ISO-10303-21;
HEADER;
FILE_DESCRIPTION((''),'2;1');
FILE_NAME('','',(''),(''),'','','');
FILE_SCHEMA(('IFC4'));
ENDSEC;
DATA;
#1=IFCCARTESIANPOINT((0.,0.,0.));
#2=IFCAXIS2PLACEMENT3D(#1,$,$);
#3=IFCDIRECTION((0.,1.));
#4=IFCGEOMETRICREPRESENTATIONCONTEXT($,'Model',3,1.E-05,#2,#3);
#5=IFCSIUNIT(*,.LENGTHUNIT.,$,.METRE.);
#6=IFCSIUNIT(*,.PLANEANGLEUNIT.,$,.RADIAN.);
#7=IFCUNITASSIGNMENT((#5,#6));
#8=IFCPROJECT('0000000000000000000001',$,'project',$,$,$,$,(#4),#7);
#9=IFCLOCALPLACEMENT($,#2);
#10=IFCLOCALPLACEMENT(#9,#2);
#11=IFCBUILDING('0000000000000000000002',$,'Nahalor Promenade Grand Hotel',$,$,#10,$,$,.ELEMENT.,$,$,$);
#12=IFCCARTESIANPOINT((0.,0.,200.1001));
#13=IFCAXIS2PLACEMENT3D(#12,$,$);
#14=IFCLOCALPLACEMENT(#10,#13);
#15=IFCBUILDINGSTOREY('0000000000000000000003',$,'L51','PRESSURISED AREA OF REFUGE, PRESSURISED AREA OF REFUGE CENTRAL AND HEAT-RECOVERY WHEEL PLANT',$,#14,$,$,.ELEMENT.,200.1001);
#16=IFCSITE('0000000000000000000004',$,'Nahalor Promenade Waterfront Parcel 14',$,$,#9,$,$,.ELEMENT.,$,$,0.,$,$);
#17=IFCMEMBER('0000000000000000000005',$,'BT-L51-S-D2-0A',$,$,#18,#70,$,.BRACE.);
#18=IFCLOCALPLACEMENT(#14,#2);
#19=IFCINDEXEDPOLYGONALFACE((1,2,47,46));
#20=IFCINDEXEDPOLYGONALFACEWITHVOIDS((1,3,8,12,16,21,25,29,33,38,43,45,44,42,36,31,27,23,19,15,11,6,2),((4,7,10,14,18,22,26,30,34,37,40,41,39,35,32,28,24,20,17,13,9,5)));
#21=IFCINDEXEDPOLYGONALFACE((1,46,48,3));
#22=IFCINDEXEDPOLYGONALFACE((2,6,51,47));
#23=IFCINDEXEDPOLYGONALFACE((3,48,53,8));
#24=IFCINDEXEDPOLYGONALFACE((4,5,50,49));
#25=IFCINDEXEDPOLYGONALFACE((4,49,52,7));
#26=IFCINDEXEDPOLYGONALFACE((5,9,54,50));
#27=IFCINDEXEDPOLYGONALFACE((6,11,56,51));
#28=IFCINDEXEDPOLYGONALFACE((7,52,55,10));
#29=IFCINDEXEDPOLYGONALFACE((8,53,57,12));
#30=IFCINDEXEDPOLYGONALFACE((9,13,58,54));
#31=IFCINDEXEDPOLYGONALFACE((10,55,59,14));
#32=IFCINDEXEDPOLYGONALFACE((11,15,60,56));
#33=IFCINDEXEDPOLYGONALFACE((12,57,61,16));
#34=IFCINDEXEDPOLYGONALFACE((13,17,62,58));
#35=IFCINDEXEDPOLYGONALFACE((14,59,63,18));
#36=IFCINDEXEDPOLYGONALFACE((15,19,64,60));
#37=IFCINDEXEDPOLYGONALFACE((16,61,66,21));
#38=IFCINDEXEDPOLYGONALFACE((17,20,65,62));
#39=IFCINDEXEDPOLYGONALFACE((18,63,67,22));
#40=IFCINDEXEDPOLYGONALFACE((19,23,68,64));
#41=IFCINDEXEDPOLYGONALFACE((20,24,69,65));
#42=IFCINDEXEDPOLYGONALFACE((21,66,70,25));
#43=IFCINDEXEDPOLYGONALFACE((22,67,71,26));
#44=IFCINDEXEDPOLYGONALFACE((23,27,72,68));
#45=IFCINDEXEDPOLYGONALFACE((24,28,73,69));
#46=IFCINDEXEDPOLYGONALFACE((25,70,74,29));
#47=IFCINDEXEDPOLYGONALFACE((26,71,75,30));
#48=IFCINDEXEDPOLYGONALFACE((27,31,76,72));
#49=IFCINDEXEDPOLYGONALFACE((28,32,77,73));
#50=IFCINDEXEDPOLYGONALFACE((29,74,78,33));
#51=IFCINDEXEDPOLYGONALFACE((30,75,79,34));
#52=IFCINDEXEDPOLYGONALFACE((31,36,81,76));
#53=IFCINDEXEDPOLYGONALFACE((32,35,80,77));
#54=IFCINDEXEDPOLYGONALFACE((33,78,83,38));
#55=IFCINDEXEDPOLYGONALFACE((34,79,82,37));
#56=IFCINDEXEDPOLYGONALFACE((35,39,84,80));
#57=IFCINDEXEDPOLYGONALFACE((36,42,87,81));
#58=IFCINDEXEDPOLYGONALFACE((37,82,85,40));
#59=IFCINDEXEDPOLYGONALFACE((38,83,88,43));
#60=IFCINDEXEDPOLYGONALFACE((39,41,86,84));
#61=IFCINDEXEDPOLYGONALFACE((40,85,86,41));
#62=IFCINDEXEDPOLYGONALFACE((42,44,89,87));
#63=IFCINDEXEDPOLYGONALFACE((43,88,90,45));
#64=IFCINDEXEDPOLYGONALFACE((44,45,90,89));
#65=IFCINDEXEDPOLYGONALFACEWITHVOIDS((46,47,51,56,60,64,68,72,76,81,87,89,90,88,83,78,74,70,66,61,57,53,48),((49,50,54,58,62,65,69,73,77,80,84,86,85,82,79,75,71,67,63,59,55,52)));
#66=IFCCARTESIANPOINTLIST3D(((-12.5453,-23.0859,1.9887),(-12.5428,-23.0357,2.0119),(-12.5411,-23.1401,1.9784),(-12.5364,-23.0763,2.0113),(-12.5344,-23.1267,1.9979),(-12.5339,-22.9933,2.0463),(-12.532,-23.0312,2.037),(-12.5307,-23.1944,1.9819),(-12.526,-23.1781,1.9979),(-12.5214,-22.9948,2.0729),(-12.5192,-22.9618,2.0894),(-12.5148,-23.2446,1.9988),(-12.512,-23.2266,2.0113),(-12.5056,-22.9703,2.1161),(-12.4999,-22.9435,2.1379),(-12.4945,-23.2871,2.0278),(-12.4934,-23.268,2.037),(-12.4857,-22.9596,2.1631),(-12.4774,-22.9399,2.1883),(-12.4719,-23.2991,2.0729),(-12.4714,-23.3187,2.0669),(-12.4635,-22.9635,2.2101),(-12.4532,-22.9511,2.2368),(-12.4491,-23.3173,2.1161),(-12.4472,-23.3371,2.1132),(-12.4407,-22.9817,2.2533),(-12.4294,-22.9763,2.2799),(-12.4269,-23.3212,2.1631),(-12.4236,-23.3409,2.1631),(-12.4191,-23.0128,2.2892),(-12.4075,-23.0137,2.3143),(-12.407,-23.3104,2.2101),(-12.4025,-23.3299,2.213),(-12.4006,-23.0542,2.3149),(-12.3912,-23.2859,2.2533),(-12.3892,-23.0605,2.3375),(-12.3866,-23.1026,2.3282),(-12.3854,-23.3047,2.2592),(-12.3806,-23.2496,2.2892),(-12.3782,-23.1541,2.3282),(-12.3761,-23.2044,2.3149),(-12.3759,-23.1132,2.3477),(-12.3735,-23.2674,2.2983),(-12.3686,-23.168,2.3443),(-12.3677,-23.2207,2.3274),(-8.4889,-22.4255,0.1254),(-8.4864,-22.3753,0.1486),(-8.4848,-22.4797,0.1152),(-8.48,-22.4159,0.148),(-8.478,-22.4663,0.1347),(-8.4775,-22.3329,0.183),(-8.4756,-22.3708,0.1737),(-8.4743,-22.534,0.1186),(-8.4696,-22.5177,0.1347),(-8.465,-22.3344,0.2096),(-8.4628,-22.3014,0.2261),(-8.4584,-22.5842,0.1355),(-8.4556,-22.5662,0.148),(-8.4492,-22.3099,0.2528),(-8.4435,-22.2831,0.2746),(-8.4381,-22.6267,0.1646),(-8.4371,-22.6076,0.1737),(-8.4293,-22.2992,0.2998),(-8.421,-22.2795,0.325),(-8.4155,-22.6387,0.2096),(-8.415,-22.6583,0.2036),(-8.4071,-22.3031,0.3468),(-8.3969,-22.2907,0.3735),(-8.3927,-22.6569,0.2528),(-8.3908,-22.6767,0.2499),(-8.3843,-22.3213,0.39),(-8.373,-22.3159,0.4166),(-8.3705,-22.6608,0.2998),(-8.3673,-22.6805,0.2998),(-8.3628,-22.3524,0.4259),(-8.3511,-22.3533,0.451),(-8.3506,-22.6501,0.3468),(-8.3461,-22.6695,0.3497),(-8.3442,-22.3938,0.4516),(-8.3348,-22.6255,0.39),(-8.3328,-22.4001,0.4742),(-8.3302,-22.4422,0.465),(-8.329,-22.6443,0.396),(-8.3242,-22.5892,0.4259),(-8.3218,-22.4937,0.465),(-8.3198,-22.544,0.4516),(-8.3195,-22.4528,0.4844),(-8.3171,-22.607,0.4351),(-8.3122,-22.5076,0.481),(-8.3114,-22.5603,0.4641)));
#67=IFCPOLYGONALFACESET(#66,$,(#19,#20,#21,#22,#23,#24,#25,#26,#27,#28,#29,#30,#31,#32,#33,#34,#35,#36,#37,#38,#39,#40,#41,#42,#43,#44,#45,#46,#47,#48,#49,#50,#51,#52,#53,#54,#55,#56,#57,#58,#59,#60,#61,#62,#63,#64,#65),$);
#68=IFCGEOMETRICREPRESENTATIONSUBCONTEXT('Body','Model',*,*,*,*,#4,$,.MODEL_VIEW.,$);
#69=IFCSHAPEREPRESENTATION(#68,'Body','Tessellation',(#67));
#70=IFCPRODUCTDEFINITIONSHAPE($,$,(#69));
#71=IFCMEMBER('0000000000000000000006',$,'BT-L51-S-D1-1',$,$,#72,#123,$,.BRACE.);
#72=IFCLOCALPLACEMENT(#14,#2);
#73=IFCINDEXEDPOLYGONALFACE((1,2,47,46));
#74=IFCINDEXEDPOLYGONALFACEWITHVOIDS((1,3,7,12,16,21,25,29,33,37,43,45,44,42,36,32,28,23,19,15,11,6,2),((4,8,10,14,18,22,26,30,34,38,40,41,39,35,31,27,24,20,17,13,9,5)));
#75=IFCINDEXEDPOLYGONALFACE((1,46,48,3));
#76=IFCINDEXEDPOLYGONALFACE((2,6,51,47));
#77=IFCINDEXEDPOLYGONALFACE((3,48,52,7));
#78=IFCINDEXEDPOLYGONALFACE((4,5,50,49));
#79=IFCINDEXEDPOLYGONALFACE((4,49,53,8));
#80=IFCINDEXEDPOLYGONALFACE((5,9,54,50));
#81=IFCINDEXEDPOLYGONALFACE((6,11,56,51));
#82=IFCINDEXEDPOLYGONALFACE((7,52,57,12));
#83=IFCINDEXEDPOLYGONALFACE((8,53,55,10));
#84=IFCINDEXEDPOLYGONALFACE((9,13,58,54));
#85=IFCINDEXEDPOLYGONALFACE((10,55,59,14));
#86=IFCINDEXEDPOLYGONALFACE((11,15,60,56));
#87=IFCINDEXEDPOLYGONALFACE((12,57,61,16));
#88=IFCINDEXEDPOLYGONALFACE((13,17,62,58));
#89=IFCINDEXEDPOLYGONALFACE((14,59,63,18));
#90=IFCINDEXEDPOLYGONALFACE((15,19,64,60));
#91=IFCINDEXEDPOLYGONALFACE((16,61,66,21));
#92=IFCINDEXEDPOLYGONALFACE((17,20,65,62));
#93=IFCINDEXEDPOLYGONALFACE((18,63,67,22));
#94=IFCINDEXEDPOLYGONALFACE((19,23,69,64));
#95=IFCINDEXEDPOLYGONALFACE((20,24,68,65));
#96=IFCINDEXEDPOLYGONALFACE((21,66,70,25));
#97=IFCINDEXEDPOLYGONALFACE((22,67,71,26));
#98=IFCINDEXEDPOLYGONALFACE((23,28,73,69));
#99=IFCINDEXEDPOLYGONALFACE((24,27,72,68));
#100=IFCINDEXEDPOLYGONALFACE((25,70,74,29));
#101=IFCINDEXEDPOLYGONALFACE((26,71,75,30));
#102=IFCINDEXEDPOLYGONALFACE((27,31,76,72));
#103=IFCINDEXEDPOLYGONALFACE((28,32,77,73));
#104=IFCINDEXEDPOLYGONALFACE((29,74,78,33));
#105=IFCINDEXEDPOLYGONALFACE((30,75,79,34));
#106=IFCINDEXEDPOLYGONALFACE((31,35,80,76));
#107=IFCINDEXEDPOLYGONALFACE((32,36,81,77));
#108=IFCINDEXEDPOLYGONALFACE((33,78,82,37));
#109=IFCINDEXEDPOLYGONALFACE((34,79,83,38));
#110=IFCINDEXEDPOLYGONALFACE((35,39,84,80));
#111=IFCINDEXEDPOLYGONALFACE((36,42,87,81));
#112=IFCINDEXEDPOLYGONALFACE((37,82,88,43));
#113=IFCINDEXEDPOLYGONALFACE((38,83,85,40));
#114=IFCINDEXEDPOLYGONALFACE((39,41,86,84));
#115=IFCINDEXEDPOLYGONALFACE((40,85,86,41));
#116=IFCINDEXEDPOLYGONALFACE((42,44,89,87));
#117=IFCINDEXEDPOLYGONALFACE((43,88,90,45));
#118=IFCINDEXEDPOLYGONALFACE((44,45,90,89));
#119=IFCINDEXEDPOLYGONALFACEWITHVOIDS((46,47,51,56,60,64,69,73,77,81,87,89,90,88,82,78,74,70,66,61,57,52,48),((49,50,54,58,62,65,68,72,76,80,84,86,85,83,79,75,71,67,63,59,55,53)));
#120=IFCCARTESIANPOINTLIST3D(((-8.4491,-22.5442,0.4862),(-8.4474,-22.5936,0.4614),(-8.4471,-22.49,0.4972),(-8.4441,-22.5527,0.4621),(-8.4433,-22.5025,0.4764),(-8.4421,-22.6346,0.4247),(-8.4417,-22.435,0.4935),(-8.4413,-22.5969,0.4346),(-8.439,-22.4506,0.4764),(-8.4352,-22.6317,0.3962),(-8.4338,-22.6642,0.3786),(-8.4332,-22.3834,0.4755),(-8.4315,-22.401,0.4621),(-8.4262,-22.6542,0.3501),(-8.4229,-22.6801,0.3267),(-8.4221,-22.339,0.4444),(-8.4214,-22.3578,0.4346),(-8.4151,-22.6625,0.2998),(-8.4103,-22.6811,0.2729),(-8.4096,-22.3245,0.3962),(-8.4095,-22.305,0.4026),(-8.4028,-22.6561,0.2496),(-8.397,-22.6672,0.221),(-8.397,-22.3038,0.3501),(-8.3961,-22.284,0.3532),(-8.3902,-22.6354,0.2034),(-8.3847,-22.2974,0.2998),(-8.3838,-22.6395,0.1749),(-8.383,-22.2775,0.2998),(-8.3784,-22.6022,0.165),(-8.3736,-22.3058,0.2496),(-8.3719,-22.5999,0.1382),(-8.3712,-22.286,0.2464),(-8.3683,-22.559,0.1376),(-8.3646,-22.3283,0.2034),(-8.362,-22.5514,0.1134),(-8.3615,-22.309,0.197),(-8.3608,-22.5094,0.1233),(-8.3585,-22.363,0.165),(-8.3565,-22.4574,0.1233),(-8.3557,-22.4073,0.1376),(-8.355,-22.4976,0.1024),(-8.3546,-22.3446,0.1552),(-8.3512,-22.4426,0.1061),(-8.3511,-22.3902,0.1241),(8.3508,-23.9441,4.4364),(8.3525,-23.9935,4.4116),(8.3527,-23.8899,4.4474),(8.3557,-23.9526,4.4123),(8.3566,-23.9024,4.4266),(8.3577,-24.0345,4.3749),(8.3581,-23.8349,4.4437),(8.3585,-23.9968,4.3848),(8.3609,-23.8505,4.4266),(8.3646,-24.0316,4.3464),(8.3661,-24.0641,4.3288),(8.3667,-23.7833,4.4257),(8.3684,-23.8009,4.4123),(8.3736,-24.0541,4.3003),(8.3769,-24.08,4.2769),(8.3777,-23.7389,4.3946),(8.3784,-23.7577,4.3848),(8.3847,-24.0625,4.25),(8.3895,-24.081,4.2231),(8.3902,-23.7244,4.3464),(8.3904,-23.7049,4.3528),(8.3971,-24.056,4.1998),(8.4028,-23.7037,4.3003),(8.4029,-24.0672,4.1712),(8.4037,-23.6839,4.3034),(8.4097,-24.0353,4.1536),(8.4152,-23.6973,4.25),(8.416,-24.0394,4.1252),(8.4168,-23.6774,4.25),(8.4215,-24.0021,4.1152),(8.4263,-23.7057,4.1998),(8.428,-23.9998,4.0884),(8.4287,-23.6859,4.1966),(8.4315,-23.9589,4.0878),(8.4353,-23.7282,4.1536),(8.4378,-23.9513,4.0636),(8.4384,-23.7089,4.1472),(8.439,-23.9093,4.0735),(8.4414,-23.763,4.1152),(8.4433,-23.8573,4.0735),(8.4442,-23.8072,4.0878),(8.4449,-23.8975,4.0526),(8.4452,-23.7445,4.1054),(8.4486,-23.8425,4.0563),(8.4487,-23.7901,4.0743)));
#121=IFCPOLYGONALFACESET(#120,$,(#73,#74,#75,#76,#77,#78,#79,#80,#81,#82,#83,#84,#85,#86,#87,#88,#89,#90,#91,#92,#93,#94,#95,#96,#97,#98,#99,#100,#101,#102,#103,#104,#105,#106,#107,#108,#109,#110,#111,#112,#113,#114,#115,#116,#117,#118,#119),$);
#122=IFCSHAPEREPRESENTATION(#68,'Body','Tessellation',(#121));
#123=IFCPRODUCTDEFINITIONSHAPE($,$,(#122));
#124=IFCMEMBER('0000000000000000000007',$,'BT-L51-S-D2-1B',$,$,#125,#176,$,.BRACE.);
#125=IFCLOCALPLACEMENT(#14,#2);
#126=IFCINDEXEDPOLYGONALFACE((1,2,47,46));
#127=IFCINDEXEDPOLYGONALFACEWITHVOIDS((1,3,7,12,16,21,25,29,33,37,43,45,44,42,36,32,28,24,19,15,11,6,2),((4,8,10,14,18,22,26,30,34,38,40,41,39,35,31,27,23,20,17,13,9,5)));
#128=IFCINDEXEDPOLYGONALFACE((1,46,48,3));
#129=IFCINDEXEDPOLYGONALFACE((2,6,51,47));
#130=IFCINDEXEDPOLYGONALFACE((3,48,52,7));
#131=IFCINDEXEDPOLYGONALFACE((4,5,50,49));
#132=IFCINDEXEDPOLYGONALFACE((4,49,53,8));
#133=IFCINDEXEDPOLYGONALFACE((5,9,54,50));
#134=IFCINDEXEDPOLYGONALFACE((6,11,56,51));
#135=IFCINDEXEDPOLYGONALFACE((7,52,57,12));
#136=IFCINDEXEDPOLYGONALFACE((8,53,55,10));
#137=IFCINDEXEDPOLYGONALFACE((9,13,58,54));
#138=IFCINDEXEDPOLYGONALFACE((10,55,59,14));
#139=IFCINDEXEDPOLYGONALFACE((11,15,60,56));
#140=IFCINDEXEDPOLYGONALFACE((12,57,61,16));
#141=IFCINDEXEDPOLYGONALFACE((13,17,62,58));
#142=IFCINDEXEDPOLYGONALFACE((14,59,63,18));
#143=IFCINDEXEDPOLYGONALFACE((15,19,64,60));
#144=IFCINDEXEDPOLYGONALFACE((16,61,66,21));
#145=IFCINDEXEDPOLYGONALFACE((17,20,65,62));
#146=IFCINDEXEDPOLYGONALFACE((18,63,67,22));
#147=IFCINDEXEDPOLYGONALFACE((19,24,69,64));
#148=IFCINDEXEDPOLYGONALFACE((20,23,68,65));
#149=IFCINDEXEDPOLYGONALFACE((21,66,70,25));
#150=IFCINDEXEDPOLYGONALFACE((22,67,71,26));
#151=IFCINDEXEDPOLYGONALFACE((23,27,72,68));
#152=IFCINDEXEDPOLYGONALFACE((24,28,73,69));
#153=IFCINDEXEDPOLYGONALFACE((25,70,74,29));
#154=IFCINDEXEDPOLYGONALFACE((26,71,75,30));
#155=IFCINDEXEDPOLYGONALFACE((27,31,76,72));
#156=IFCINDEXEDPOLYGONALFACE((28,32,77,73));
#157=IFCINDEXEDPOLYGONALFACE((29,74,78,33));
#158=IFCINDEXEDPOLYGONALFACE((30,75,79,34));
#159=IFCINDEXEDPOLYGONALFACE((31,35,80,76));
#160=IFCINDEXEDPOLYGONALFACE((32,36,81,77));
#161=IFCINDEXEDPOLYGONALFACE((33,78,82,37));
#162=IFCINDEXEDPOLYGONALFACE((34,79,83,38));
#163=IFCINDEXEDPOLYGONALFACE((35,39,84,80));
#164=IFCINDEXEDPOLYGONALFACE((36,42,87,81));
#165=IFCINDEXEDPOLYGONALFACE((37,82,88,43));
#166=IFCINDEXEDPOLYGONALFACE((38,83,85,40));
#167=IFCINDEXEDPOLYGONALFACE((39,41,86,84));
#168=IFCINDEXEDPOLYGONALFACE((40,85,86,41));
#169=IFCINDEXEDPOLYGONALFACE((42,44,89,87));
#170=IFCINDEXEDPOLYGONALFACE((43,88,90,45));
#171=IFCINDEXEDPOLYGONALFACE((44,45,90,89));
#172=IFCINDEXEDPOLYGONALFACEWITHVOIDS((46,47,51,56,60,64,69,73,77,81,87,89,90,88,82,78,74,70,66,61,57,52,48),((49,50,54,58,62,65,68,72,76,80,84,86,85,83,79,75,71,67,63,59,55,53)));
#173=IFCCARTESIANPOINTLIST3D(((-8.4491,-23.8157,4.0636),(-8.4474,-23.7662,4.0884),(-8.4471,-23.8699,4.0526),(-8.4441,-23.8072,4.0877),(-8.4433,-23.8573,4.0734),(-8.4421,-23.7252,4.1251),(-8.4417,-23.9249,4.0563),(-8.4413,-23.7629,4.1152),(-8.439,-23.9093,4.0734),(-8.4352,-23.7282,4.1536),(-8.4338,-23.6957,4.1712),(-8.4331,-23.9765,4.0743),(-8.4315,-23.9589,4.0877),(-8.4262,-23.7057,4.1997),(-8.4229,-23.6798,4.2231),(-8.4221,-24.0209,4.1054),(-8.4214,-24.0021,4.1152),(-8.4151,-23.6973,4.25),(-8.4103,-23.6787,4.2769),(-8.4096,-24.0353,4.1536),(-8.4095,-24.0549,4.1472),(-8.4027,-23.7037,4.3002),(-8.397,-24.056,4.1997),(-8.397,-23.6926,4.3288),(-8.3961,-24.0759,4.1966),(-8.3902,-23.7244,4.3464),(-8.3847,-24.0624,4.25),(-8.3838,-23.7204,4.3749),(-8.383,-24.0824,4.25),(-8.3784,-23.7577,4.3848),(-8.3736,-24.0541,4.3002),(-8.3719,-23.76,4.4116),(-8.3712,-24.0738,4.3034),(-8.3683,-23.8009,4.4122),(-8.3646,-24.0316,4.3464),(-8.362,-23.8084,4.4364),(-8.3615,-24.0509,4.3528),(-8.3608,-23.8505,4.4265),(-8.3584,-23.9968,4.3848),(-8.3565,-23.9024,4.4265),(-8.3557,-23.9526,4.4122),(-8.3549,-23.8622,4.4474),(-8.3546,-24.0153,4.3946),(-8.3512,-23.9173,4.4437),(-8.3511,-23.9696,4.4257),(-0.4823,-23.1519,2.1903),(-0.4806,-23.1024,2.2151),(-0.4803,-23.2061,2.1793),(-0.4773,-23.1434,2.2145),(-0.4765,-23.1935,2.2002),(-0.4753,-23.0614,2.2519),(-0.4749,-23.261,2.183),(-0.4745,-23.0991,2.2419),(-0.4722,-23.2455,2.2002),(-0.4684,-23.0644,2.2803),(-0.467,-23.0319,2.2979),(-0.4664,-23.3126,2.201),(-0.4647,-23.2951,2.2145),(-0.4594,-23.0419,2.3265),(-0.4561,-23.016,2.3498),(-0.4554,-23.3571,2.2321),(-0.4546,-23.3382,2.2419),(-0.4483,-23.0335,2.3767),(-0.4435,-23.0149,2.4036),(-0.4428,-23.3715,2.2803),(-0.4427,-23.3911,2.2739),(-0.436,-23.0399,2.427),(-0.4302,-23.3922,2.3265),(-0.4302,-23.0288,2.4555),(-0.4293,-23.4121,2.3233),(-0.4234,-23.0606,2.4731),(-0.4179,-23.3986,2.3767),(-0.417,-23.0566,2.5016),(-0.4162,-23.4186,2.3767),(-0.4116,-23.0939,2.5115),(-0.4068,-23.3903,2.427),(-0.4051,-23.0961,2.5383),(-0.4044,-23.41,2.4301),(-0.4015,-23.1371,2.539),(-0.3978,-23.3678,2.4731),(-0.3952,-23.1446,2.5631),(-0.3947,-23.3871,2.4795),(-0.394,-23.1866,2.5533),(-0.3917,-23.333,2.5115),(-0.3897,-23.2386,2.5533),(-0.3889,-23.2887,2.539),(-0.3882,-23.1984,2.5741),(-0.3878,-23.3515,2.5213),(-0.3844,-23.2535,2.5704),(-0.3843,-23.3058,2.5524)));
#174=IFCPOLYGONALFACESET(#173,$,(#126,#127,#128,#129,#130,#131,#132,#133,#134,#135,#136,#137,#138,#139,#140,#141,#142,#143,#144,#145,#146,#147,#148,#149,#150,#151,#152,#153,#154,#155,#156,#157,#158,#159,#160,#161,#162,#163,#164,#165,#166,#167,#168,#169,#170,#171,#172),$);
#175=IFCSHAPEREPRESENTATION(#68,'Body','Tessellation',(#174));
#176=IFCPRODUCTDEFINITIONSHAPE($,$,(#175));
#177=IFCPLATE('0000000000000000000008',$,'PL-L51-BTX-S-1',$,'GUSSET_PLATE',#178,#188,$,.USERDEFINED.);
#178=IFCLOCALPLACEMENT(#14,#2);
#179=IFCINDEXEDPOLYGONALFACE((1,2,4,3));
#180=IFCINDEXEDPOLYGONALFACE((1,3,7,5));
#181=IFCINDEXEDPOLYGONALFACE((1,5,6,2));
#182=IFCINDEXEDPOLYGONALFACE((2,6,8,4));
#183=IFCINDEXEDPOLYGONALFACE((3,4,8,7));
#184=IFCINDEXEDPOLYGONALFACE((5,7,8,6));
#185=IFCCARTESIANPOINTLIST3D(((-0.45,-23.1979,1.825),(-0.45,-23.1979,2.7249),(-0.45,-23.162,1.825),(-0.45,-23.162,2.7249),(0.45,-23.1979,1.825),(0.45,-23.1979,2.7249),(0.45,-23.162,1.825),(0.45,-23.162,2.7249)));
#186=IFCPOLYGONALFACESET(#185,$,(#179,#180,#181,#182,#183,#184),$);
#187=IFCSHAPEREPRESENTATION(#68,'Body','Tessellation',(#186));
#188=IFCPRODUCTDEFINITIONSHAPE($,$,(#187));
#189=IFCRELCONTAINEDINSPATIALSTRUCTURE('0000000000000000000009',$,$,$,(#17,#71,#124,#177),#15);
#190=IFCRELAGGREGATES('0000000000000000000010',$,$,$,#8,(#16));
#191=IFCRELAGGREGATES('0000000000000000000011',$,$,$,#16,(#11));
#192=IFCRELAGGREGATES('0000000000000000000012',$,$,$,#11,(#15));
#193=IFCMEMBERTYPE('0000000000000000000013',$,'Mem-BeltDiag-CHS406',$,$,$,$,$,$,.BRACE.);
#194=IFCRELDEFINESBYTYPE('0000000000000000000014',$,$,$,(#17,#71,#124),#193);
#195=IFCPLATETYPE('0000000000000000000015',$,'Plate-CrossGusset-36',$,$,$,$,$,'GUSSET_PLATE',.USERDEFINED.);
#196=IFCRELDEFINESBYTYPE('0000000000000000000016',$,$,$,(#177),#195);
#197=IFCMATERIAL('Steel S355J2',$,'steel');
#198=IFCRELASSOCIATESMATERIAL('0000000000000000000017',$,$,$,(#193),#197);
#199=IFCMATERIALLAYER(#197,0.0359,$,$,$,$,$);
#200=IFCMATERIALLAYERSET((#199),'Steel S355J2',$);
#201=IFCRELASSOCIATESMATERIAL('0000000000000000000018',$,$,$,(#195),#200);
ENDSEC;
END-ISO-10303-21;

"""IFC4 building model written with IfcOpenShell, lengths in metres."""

from ifc_helpers import new_model, si_unit, direction, frame, origin, origin_2d, place, context, subcontext, project, spatial, rectangle, hollow_circle, extrude, source, transform, mapped, material, layer, layer_set, material_profile, profile_set, type_object, element, save


model = new_model("IFC4")

# Units and contexts
model_context = context("Model", 3, precision=1e-05, world=origin(), true_north=direction((0.0, 1.0)))
body_context = subcontext(model_context, "Body", "Model", "MODEL_VIEW")
ifc_project = project(units=[si_unit("LENGTHUNIT", "METRE"), si_unit("PLANEANGLEUNIT", "RADIAN")], contexts=[model_context])

# Site, building, storey
site_placement = place(None, origin())
site = spatial("IfcSite", under=ifc_project, at=site_placement, Name="Nahalor Promenade Waterfront Parcel 14", CompositionType="ELEMENT", RefElevation=0.0)
building_placement = place(site_placement, origin())
building = spatial("IfcBuilding", under=site, at=building_placement, Name="Nahalor Promenade Grand Hotel", CompositionType="ELEMENT")
storey_placement = place(building_placement, frame((0.0, 0.0, 200.1001)))
storey = spatial("IfcBuildingStorey", under=building, at=storey_placement, Name="L51", Description="PRESSURISED AREA OF REFUGE, PRESSURISED AREA OF REFUGE CENTRAL AND HEAT-RECOVERY WHEEL PLANT", CompositionType="ELEMENT", Elevation=200.1001)

# Shared definitions
ifc_material_1 = material(Name="Steel S355J2", Category="steel")

# Members
ifc_material_profile_1 = material_profile(ifc_material_1, hollow_circle(Radius=0.2032, WallThickness=0.02, at=origin_2d()), Name="CHS 406.4x20")
ifc_profile_set_1 = profile_set([ifc_material_profile_1], Name="Steel S355J2")
member_type = type_object("IfcMemberType", Name="Mem-BeltDiag-CHS406", PredefinedType="BRACE", material=ifc_profile_set_1)
shared_shape_1 = source(origin(), body_context, "Body", "SweptSolid", [
    extrude(hollow_circle(Radius=0.2032, WallThickness=0.02, at=origin_2d()), origin(), (0.0, 0.0, 1.0), 4.5125),
])
member_1_placement = place(storey_placement, frame((-8.3999, -22.48, 0.2998), z_axis=(-0.898932, -0.14635, 0.412919), x_axis=(0.160689, -0.987005, 0.0)))
element("IfcMember", 1, at=member_1_placement, inside=storey, type_object=member_type, Name="BT-L51-S-D2-0A", PredefinedType="BRACE", context=body_context, shape_type="MappedRepresentation", body=[
    mapped(shared_shape_1, transform((0.0, 0.0, 0.0), scale=1.0)),
])
shared_shape_2 = source(origin(), body_context, "Body", "SweptSolid", [
    extrude(hollow_circle(Radius=0.2032, WallThickness=0.02, at=origin_2d()), origin(), (0.0, 0.0, 1.0), 17.3147),
])
member_2_placement = place(storey_placement, frame((-8.3999, -22.48, 0.2998), z_axis=(0.970265, -0.080851, 0.228142), x_axis=(0.083041, 0.996546, 0.0)))
element("IfcMember", 2, at=member_2_placement, inside=storey, type_object=member_type, Name="BT-L51-S-D1-1", PredefinedType="BRACE", context=body_context, shape_type="MappedRepresentation", body=[
    mapped(shared_shape_2, transform((0.0, 0.0, 0.0), scale=1.0)),
])
shared_shape_3 = source(origin(), body_context, "Body", "SweptSolid", [
    extrude(hollow_circle(Radius=0.2032, WallThickness=0.02, at=origin_2d()), origin(), (0.0, 0.0, 1.0), 8.2109),
])
member_3_placement = place(storey_placement, frame((-0.4331, -23.2161, 2.3767), z_axis=(-0.970265, -0.080845, 0.228145), x_axis=(0.083035, -0.996547, 0.0)))
element("IfcMember", 3, at=member_3_placement, inside=storey, type_object=member_type, Name="BT-L51-S-D2-1B", PredefinedType="BRACE", context=body_context, shape_type="MappedRepresentation", body=[
    mapped(shared_shape_3, transform((0.0, 0.0, 0.0), scale=1.0)),
])

# Plate
ifc_layer_1 = layer(ifc_material_1, 0.0359)
ifc_layer_set_1 = layer_set([ifc_layer_1], Name="Steel S355J2")
plate_type_1 = type_object("IfcPlateType", Name="Plate-CrossGusset-36", ElementType="GUSSET_PLATE", PredefinedType="USERDEFINED", material=ifc_layer_set_1)
shared_shape_4 = source(origin(), body_context, "Body", "SweptSolid", [
    extrude(rectangle(XDim=0.8999, YDim=0.0359, at=origin_2d()), origin(), (0.0, 0.0, 1.0), 0.8999),
])
plate_1_placement = place(storey_placement, frame((0.0, -23.1799, 1.825), z_axis=(0.0, 0.0, 1.0), x_axis=(1.0, 0.0, 0.0)))
element("IfcPlate", 4, at=plate_1_placement, inside=storey, type_object=plate_type_1, Name="PL-L51-BTX-S-1", ObjectType="GUSSET_PLATE", PredefinedType="USERDEFINED", context=body_context, shape_type="MappedRepresentation", body=[
    mapped(shared_shape_4, transform((0.0, 0.0, 0.0), scale=1.0)),
])

save(model, "model.ifc")
